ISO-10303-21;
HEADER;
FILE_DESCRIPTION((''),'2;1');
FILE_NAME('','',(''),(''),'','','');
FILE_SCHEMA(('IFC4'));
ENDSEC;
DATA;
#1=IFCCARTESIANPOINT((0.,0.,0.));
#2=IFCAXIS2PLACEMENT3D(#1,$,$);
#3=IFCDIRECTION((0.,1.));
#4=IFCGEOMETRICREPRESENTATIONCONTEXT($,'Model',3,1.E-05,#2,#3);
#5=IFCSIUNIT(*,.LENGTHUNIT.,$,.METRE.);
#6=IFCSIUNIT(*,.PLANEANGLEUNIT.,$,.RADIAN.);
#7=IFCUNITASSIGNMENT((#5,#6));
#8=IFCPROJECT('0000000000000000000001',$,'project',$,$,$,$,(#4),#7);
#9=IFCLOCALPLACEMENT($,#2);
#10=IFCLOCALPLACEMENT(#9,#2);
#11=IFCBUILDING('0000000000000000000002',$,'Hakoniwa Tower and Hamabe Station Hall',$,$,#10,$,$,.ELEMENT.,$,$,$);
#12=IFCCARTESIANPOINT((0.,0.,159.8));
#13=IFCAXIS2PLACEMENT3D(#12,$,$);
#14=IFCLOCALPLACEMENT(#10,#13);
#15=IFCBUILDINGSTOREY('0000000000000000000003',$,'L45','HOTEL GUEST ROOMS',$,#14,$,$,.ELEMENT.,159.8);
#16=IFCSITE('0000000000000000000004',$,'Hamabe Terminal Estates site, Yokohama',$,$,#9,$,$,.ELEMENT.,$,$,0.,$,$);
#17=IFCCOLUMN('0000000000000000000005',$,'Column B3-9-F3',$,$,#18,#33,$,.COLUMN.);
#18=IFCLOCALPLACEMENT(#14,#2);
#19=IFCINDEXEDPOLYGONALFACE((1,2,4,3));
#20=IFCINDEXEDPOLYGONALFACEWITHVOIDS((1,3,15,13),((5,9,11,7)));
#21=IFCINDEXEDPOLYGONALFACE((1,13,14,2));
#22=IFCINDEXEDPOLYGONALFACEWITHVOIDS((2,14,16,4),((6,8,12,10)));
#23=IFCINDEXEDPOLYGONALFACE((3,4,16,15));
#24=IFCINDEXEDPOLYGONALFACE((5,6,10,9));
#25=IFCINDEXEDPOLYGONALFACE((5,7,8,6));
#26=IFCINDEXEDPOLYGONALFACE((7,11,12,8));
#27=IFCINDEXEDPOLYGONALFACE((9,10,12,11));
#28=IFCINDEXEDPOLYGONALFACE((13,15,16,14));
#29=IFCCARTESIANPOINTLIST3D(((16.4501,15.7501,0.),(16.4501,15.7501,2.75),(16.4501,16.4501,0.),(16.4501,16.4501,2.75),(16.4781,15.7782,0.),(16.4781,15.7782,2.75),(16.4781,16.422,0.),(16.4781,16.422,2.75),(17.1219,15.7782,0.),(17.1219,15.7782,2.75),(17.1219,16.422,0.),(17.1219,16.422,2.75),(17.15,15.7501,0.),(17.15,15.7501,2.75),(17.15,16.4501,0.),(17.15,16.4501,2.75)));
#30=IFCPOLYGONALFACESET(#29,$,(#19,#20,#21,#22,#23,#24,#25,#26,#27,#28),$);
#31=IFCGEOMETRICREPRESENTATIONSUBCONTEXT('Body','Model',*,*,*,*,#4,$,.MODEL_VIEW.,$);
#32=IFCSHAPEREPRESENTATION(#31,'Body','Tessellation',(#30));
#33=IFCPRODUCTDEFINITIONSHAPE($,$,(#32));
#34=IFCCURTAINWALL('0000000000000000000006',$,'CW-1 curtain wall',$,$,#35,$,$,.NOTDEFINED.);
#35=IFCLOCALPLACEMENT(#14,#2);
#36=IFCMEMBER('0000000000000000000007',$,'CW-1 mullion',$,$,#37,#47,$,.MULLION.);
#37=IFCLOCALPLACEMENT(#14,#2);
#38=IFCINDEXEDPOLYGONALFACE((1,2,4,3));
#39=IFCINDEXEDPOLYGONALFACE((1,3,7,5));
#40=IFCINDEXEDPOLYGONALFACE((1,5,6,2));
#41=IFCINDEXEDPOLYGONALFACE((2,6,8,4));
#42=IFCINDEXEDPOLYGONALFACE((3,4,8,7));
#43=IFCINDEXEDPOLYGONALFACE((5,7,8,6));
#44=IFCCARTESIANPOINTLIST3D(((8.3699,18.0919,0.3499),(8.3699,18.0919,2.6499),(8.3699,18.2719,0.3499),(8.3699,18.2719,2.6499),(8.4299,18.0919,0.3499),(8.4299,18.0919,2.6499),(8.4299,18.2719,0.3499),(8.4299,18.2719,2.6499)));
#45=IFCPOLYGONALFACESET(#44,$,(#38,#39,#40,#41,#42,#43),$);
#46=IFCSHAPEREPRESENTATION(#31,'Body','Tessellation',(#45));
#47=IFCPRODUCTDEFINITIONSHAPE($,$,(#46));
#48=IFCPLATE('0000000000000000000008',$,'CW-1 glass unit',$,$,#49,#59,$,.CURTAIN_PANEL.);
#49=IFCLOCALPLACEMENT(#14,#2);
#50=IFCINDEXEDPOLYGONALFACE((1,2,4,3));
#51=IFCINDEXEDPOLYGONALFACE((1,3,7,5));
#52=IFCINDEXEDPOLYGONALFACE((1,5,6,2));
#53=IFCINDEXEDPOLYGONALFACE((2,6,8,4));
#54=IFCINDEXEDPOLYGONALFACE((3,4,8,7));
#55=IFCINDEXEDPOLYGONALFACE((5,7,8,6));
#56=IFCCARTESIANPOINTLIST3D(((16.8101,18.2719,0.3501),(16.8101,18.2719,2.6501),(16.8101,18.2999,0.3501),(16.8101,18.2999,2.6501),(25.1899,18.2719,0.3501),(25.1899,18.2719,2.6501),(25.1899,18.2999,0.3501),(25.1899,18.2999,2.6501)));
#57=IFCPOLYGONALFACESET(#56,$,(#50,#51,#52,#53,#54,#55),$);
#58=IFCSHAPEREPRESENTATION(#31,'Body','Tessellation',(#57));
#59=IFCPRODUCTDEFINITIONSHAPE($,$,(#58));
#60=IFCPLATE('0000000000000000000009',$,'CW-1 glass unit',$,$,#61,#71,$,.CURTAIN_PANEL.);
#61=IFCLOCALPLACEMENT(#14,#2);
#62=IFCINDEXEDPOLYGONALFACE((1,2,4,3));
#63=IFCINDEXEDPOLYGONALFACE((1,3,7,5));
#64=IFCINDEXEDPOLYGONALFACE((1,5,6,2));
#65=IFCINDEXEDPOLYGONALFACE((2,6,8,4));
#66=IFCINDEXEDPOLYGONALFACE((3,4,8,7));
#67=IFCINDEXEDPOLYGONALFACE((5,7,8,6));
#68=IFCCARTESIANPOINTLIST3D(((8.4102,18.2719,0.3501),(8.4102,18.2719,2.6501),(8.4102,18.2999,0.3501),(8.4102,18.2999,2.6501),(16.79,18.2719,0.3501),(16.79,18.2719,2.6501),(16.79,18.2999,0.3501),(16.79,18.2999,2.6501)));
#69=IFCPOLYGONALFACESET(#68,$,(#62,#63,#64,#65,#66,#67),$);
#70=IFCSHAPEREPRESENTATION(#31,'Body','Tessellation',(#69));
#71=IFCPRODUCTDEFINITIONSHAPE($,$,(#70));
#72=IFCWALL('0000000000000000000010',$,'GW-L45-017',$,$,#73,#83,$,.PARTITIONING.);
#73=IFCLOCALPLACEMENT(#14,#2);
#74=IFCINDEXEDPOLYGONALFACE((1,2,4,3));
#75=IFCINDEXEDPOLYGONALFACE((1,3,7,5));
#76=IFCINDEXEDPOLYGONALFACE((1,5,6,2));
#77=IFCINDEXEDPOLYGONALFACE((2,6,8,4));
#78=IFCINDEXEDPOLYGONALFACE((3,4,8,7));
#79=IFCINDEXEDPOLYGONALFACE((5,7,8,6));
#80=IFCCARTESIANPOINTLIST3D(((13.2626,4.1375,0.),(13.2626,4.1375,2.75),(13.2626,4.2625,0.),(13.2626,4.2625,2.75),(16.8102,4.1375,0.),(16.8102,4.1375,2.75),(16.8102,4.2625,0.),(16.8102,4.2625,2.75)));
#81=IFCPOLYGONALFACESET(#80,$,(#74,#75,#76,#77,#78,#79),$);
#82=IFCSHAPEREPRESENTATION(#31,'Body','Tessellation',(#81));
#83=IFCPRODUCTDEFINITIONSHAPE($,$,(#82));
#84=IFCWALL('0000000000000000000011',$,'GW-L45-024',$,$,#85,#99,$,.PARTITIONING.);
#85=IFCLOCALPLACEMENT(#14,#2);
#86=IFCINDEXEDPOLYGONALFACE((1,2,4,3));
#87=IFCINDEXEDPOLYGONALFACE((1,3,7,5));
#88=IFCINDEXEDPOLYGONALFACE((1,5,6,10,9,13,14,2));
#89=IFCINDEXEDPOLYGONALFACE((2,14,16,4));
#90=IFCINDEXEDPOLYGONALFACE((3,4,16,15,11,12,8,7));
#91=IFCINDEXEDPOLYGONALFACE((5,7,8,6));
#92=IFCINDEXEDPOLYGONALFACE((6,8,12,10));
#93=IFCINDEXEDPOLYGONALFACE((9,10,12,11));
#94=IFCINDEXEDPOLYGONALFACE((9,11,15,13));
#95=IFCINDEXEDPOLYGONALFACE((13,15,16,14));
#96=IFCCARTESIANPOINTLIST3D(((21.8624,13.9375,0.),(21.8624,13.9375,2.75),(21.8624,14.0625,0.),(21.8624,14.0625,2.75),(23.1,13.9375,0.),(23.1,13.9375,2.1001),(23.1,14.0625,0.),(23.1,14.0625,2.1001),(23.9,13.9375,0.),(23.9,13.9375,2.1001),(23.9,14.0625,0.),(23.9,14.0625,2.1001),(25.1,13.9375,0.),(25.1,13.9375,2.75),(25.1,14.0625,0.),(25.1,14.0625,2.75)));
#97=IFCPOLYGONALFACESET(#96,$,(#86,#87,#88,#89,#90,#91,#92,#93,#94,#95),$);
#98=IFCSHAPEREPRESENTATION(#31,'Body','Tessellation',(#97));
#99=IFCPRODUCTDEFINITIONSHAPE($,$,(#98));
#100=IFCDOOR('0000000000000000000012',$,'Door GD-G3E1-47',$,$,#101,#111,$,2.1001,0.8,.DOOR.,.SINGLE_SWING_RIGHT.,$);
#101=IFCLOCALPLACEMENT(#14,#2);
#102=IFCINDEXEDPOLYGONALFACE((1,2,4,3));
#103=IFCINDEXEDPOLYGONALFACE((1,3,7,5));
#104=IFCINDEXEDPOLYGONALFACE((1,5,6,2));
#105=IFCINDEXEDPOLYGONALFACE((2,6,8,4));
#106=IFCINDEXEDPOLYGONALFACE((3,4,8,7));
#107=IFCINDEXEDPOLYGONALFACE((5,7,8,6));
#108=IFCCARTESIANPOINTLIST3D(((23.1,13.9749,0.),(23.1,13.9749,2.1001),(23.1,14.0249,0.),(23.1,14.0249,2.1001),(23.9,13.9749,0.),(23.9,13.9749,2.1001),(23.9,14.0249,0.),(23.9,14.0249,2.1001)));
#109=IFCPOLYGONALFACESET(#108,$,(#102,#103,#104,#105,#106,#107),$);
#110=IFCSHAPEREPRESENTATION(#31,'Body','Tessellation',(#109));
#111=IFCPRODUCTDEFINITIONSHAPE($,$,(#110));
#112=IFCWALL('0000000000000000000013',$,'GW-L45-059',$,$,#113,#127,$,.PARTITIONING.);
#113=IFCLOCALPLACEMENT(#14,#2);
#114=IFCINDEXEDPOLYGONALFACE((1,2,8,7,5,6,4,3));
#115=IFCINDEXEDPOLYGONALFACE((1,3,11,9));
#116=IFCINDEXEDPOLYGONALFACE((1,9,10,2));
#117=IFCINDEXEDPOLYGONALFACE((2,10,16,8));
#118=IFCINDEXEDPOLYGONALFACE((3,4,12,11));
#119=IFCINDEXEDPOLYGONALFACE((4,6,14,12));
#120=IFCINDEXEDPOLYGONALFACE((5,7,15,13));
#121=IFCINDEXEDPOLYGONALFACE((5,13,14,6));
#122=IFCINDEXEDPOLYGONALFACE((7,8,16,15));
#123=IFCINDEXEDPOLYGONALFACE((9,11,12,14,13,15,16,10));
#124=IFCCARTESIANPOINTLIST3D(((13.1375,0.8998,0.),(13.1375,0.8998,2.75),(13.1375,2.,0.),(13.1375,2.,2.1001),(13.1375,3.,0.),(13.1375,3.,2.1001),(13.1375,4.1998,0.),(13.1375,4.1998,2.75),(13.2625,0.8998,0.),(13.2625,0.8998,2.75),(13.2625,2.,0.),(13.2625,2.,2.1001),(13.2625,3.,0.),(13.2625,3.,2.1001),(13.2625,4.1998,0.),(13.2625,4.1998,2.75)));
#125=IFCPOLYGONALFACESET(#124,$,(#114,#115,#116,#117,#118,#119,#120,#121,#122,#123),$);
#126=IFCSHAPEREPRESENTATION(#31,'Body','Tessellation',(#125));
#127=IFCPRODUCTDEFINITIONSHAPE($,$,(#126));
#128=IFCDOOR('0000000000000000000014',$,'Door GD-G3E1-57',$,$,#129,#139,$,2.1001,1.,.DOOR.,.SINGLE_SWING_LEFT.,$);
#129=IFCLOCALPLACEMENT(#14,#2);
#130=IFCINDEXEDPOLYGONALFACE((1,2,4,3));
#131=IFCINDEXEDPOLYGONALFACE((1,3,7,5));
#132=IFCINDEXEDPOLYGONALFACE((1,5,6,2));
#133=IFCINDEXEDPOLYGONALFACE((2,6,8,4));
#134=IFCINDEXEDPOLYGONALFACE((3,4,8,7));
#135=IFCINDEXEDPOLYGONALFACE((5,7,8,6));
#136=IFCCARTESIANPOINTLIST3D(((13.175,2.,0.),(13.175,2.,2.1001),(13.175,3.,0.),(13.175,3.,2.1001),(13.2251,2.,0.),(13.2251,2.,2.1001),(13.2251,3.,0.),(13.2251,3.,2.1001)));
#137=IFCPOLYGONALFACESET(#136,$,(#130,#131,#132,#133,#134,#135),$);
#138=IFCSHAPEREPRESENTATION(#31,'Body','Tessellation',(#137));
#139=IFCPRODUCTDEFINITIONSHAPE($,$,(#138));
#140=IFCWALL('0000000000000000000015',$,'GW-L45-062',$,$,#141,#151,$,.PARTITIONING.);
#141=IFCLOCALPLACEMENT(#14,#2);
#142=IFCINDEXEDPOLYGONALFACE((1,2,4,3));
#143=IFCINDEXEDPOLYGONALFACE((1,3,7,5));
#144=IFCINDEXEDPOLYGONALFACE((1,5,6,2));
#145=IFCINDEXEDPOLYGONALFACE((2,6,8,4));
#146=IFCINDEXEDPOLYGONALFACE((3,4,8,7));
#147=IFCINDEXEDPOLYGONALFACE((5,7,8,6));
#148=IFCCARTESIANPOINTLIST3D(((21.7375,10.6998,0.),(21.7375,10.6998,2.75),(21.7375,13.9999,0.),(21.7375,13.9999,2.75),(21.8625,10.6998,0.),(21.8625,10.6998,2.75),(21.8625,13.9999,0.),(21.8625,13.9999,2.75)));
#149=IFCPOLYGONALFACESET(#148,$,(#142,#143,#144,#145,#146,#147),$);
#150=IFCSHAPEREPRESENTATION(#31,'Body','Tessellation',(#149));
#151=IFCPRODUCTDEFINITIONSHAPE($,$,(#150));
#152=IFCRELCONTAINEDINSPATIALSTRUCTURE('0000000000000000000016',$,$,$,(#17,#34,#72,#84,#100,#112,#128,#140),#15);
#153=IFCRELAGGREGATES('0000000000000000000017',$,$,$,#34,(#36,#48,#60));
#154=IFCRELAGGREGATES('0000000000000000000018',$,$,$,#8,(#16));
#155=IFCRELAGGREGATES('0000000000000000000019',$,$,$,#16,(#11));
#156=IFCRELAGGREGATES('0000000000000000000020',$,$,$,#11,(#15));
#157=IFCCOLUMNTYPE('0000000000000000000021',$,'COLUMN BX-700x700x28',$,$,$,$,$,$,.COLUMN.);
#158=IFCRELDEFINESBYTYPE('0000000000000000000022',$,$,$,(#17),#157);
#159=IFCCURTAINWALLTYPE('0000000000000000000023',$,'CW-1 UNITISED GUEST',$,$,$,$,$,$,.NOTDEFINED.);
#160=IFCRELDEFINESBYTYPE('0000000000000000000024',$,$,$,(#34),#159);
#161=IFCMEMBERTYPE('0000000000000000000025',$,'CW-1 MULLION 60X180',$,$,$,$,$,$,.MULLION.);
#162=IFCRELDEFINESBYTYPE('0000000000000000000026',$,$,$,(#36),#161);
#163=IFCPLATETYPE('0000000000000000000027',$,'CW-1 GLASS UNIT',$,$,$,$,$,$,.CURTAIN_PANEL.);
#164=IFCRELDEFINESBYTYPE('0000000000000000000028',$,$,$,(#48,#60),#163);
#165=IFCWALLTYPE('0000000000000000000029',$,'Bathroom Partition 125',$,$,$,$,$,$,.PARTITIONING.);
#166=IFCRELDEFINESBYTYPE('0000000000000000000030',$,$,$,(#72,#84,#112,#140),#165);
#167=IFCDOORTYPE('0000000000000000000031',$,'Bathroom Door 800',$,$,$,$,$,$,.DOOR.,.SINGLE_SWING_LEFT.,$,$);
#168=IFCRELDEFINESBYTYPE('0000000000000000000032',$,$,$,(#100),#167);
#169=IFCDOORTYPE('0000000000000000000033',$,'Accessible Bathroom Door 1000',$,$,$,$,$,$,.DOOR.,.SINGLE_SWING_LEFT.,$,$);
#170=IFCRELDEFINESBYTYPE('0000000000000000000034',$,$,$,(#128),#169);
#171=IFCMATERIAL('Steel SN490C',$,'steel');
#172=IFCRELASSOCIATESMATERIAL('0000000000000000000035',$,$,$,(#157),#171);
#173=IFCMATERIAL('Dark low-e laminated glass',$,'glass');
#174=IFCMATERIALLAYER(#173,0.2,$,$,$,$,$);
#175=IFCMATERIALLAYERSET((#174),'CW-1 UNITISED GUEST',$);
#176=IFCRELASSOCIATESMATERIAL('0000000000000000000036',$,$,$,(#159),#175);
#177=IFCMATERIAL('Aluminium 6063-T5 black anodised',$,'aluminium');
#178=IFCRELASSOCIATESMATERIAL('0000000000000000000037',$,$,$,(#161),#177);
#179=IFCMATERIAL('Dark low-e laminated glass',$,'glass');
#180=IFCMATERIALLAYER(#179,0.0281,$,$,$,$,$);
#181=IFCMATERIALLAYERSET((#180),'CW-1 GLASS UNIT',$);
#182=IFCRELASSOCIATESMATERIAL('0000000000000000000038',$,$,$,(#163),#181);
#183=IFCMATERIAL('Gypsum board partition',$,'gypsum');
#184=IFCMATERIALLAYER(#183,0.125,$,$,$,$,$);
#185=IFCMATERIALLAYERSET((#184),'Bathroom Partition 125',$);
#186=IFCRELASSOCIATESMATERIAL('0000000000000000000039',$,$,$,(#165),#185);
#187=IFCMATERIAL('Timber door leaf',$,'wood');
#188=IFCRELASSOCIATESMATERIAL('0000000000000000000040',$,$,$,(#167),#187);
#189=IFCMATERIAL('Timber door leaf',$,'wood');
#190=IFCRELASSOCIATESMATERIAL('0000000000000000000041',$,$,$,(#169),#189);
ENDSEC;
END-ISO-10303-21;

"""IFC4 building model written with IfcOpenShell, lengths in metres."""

from ifc_helpers import new_model, si_unit, direction, frame, frame_2d, origin, origin_2d, place, context, subcontext, project, spatial, rectangle, hollow_rectangle, extrude, material, layer, layer_set, material_profile, profile_set, type_object, element, fill, aggregate, save


model = new_model("IFC4")

# Units and contexts
model_context = context("Model", 3, precision=1e-05, world=origin(), true_north=direction((0.0, 1.0)))
body_context = subcontext(model_context, "Body", "Model", "MODEL_VIEW")
ifc_project = project(units=[si_unit("LENGTHUNIT", "METRE"), si_unit("PLANEANGLEUNIT", "RADIAN")], contexts=[model_context])

# Site, building, storey
site_placement = place(None, origin())
site = spatial("IfcSite", under=ifc_project, at=site_placement, Name="Hamabe Terminal Estates site, Yokohama", CompositionType="ELEMENT", RefElevation=0.0)
building_placement = place(site_placement, origin())
building = spatial("IfcBuilding", under=site, at=building_placement, Name="Hakoniwa Tower and Hamabe Station Hall", CompositionType="ELEMENT")
storey_placement = place(building_placement, frame((0.0, 0.0, 159.8)))
storey = spatial("IfcBuildingStorey", under=building, at=storey_placement, Name="L45", Description="HOTEL GUEST ROOMS", CompositionType="ELEMENT", Elevation=159.8)

# Column
ifc_material_1 = material(Name="Steel SN490C", Category="steel")
ifc_material_profile_1 = material_profile(ifc_material_1, hollow_rectangle(XDim=0.7, YDim=0.7, WallThickness=0.0281, at=origin_2d()), Name="BX-700x700x28")
ifc_profile_set_1 = profile_set([ifc_material_profile_1], Name="Steel SN490C")
column_type = type_object("IfcColumnType", Name="COLUMN BX-700x700x28", PredefinedType="COLUMN", material=ifc_profile_set_1)
column_placement = place(storey_placement, frame((16.8, 16.1001, 0.0), z_axis=(0.0, 0.0, 1.0), x_axis=(1.0, 0.0, 0.0)))
element("IfcColumn", 1, at=column_placement, inside=storey, type_object=column_type, Name="Column B3-9-F3", PredefinedType="COLUMN", context=body_context, shape_type="SweptSolid", body=[
    extrude(hollow_rectangle(XDim=0.7, YDim=0.7, WallThickness=0.0281, at=origin_2d()), origin(), (0.0, 0.0, 1.0), 2.75),
])

# Curtain wall, member, plates
ifc_material_2 = material(Name="Dark low-e laminated glass", Category="glass")
ifc_layer_1 = layer(ifc_material_2, 0.2)
ifc_layer_set_1 = layer_set([ifc_layer_1], Name="CW-1 UNITISED GUEST")
curtain_wall_type = type_object("IfcCurtainWallType", Name="CW-1 UNITISED GUEST", PredefinedType="NOTDEFINED", material=ifc_layer_set_1)
curtain_wall_placement = place(storey_placement, origin())
curtain_wall = element("IfcCurtainWall", 2, at=curtain_wall_placement, inside=storey, type_object=curtain_wall_type, Name="CW-1 curtain wall", PredefinedType="NOTDEFINED")
ifc_material_3 = material(Name="Aluminium 6063-T5 black anodised", Category="aluminium")
ifc_material_profile_2 = material_profile(ifc_material_3, rectangle(XDim=0.0601, YDim=0.1799, at=origin_2d()), Name="CW-1 MULLION 60X180")
ifc_profile_set_2 = profile_set([ifc_material_profile_2], Name="Aluminium 6063-T5 black anodised")
member_type = type_object("IfcMemberType", Name="CW-1 MULLION 60X180", PredefinedType="MULLION", material=ifc_profile_set_2)
member_placement = place(storey_placement, frame((8.3999, 18.1819, 0.3499), z_axis=(0.0, 0.0, 1.0), x_axis=(-1.0, 0.0, 0.0)))
member = element("IfcMember", 3, at=member_placement, type_object=member_type, Name="CW-1 mullion", PredefinedType="MULLION", context=body_context, shape_type="SweptSolid", body=[
    extrude(rectangle(XDim=0.0601, YDim=0.1799, at=origin_2d()), origin(), (0.0, 0.0, 1.0), 2.3),
])
ifc_material_4 = material(Name="Dark low-e laminated glass", Category="glass")
ifc_layer_2 = layer(ifc_material_4, 0.0281)
ifc_layer_set_2 = layer_set([ifc_layer_2], Name="CW-1 GLASS UNIT")
plate_type = type_object("IfcPlateType", Name="CW-1 GLASS UNIT", PredefinedType="CURTAIN_PANEL", material=ifc_layer_set_2)
plate_1_placement = place(storey_placement, frame((21.0, 18.2859, 0.3501), z_axis=(0.0, 0.0, 1.0), x_axis=(-1.0, 0.0, 0.0)))
plate_1 = element("IfcPlate", 4, at=plate_1_placement, type_object=plate_type, Name="CW-1 glass unit", PredefinedType="CURTAIN_PANEL", context=body_context, shape_type="SweptSolid", body=[
    extrude(rectangle(XDim=8.3799, YDim=0.0281, at=origin_2d()), origin(), (0.0, 0.0, 1.0), 2.3),
])
plate_2_placement = place(storey_placement, frame((12.6001, 18.2859, 0.3501), z_axis=(0.0, 0.0, 1.0), x_axis=(-1.0, 0.0, 0.0)))
plate_2 = element("IfcPlate", 5, at=plate_2_placement, type_object=plate_type, Name="CW-1 glass unit", PredefinedType="CURTAIN_PANEL", context=body_context, shape_type="SweptSolid", body=[
    extrude(rectangle(XDim=8.3799, YDim=0.0281, at=origin_2d()), origin(), (0.0, 0.0, 1.0), 2.3),
])
aggregate(curtain_wall, [member, plate_1, plate_2])

# Wall
ifc_material_5 = material(Name="Gypsum board partition", Category="gypsum")
ifc_layer_3 = layer(ifc_material_5, 0.125)
ifc_layer_set_3 = layer_set([ifc_layer_3], Name="Bathroom Partition 125")
wall_type_1 = type_object("IfcWallType", Name="Bathroom Partition 125", PredefinedType="PARTITIONING", material=ifc_layer_set_3)
wall_1_placement = place(storey_placement, frame((13.2625, 4.2, 0.0), z_axis=(0.0, 0.0, 1.0), x_axis=(1.0, 0.0, 0.0)))
element("IfcWall", 6, at=wall_1_placement, inside=storey, type_object=wall_type_1, Name="GW-L45-017", PredefinedType="PARTITIONING", context=body_context, shape_type="SweptSolid", body=[
    extrude(rectangle(XDim=3.5476, YDim=0.125, at=frame_2d((1.7739, 0.0))), origin(), (0.0, 0.0, 1.0), 2.75),
])

# Walls, openings, doors
wall_2_placement = place(storey_placement, frame((21.8625, 14.0, 0.0), z_axis=(0.0, 0.0, 1.0), x_axis=(1.0, 0.0, 0.0)))
wall_2 = element("IfcWall", 7, at=wall_2_placement, inside=storey, type_object=wall_type_1, Name="GW-L45-024", PredefinedType="PARTITIONING", context=body_context, shape_type="SweptSolid", body=[
    extrude(rectangle(XDim=3.2375, YDim=0.125, at=frame_2d((1.6187, 0.0))), origin(), (0.0, 0.0, 1.0), 2.75),
])
opening_1_placement = place(wall_2_placement, frame((1.2375, 0.0, 0.0)))
opening_1 = element("IfcOpeningElement", 8, at=opening_1_placement, cuts=wall_2, PredefinedType="OPENING", context=body_context, shape_type="SweptSolid", body=[
    extrude(rectangle(XDim=0.8, YDim=2.1001, at=frame_2d((0.3999, 1.05))), frame((0.0, 0.0725, 0.0), z_axis=(0.0, -1.0, 0.0), x_axis=(1.0, 0.0, 0.0)), (0.0, 0.0, 1.0), 0.145),
])
ifc_material_6 = material(Name="Timber door leaf", Category="wood")
door_type_1 = type_object("IfcDoorType", Name="Bathroom Door 800", OperationType="SINGLE_SWING_LEFT", PredefinedType="DOOR", material=ifc_material_6)
door_1_placement = place(opening_1_placement, origin())
door_1 = element("IfcDoor", 9, at=door_1_placement, inside=storey, type_object=door_type_1, Name="Door GD-G3E1-47", OperationType="SINGLE_SWING_RIGHT", OverallHeight=2.1001, OverallWidth=0.8, PredefinedType="DOOR", context=body_context, shape_type="SweptSolid", body=[
    extrude(rectangle(XDim=0.8, YDim=2.1001, at=frame_2d((0.3999, 1.05))), frame((0.0, 0.0249, 0.0), z_axis=(0.0, -1.0, 0.0), x_axis=(1.0, 0.0, 0.0)), (0.0, 0.0, 1.0), 0.05),
])
fill(opening_1, door_1)
wall_3_placement = place(storey_placement, frame((13.2, 0.8999, 0.0), z_axis=(0.0, 0.0, 1.0), x_axis=(0.0, 1.0, 0.0)))
wall_3 = element("IfcWall", 10, at=wall_3_placement, inside=storey, type_object=wall_type_1, Name="GW-L45-059", PredefinedType="PARTITIONING", context=body_context, shape_type="SweptSolid", body=[
    extrude(rectangle(XDim=3.3, YDim=0.125, at=frame_2d((1.6499, 0.0))), origin(), (0.0, 0.0, 1.0), 2.75),
])
opening_2_placement = place(wall_3_placement, frame((1.1001, 0.0, 0.0)))
opening_2 = element("IfcOpeningElement", 11, at=opening_2_placement, cuts=wall_3, PredefinedType="OPENING", context=body_context, shape_type="SweptSolid", body=[
    extrude(rectangle(XDim=1.0, YDim=2.1001, at=frame_2d((0.5, 1.05))), frame((0.0, 0.0725, 0.0), z_axis=(0.0, -1.0, 0.0), x_axis=(1.0, 0.0, 0.0)), (0.0, 0.0, 1.0), 0.145),
])
ifc_material_7 = material(Name="Timber door leaf", Category="wood")
door_type_2 = type_object("IfcDoorType", Name="Accessible Bathroom Door 1000", OperationType="SINGLE_SWING_LEFT", PredefinedType="DOOR", material=ifc_material_7)
door_2_placement = place(opening_2_placement, origin())
door_2 = element("IfcDoor", 12, at=door_2_placement, inside=storey, type_object=door_type_2, Name="Door GD-G3E1-57", OperationType="SINGLE_SWING_LEFT", OverallHeight=2.1001, OverallWidth=1.0, PredefinedType="DOOR", context=body_context, shape_type="SweptSolid", body=[
    extrude(rectangle(XDim=1.0, YDim=2.1001, at=frame_2d((0.5, 1.05))), frame((0.0, 0.0249, 0.0), z_axis=(0.0, -1.0, 0.0), x_axis=(1.0, 0.0, 0.0)), (0.0, 0.0, 1.0), 0.05),
])
fill(opening_2, door_2)

# Wall
wall_4_placement = place(storey_placement, frame((21.8, 10.7, 0.0), z_axis=(0.0, 0.0, 1.0), x_axis=(0.0, 1.0, 0.0)))
element("IfcWall", 13, at=wall_4_placement, inside=storey, type_object=wall_type_1, Name="GW-L45-062", PredefinedType="PARTITIONING", context=body_context, shape_type="SweptSolid", body=[
    extrude(rectangle(XDim=3.3, YDim=0.125, at=frame_2d((1.6499, 0.0))), origin(), (0.0, 0.0, 1.0), 2.75),
])

save(model, "model.ifc")
